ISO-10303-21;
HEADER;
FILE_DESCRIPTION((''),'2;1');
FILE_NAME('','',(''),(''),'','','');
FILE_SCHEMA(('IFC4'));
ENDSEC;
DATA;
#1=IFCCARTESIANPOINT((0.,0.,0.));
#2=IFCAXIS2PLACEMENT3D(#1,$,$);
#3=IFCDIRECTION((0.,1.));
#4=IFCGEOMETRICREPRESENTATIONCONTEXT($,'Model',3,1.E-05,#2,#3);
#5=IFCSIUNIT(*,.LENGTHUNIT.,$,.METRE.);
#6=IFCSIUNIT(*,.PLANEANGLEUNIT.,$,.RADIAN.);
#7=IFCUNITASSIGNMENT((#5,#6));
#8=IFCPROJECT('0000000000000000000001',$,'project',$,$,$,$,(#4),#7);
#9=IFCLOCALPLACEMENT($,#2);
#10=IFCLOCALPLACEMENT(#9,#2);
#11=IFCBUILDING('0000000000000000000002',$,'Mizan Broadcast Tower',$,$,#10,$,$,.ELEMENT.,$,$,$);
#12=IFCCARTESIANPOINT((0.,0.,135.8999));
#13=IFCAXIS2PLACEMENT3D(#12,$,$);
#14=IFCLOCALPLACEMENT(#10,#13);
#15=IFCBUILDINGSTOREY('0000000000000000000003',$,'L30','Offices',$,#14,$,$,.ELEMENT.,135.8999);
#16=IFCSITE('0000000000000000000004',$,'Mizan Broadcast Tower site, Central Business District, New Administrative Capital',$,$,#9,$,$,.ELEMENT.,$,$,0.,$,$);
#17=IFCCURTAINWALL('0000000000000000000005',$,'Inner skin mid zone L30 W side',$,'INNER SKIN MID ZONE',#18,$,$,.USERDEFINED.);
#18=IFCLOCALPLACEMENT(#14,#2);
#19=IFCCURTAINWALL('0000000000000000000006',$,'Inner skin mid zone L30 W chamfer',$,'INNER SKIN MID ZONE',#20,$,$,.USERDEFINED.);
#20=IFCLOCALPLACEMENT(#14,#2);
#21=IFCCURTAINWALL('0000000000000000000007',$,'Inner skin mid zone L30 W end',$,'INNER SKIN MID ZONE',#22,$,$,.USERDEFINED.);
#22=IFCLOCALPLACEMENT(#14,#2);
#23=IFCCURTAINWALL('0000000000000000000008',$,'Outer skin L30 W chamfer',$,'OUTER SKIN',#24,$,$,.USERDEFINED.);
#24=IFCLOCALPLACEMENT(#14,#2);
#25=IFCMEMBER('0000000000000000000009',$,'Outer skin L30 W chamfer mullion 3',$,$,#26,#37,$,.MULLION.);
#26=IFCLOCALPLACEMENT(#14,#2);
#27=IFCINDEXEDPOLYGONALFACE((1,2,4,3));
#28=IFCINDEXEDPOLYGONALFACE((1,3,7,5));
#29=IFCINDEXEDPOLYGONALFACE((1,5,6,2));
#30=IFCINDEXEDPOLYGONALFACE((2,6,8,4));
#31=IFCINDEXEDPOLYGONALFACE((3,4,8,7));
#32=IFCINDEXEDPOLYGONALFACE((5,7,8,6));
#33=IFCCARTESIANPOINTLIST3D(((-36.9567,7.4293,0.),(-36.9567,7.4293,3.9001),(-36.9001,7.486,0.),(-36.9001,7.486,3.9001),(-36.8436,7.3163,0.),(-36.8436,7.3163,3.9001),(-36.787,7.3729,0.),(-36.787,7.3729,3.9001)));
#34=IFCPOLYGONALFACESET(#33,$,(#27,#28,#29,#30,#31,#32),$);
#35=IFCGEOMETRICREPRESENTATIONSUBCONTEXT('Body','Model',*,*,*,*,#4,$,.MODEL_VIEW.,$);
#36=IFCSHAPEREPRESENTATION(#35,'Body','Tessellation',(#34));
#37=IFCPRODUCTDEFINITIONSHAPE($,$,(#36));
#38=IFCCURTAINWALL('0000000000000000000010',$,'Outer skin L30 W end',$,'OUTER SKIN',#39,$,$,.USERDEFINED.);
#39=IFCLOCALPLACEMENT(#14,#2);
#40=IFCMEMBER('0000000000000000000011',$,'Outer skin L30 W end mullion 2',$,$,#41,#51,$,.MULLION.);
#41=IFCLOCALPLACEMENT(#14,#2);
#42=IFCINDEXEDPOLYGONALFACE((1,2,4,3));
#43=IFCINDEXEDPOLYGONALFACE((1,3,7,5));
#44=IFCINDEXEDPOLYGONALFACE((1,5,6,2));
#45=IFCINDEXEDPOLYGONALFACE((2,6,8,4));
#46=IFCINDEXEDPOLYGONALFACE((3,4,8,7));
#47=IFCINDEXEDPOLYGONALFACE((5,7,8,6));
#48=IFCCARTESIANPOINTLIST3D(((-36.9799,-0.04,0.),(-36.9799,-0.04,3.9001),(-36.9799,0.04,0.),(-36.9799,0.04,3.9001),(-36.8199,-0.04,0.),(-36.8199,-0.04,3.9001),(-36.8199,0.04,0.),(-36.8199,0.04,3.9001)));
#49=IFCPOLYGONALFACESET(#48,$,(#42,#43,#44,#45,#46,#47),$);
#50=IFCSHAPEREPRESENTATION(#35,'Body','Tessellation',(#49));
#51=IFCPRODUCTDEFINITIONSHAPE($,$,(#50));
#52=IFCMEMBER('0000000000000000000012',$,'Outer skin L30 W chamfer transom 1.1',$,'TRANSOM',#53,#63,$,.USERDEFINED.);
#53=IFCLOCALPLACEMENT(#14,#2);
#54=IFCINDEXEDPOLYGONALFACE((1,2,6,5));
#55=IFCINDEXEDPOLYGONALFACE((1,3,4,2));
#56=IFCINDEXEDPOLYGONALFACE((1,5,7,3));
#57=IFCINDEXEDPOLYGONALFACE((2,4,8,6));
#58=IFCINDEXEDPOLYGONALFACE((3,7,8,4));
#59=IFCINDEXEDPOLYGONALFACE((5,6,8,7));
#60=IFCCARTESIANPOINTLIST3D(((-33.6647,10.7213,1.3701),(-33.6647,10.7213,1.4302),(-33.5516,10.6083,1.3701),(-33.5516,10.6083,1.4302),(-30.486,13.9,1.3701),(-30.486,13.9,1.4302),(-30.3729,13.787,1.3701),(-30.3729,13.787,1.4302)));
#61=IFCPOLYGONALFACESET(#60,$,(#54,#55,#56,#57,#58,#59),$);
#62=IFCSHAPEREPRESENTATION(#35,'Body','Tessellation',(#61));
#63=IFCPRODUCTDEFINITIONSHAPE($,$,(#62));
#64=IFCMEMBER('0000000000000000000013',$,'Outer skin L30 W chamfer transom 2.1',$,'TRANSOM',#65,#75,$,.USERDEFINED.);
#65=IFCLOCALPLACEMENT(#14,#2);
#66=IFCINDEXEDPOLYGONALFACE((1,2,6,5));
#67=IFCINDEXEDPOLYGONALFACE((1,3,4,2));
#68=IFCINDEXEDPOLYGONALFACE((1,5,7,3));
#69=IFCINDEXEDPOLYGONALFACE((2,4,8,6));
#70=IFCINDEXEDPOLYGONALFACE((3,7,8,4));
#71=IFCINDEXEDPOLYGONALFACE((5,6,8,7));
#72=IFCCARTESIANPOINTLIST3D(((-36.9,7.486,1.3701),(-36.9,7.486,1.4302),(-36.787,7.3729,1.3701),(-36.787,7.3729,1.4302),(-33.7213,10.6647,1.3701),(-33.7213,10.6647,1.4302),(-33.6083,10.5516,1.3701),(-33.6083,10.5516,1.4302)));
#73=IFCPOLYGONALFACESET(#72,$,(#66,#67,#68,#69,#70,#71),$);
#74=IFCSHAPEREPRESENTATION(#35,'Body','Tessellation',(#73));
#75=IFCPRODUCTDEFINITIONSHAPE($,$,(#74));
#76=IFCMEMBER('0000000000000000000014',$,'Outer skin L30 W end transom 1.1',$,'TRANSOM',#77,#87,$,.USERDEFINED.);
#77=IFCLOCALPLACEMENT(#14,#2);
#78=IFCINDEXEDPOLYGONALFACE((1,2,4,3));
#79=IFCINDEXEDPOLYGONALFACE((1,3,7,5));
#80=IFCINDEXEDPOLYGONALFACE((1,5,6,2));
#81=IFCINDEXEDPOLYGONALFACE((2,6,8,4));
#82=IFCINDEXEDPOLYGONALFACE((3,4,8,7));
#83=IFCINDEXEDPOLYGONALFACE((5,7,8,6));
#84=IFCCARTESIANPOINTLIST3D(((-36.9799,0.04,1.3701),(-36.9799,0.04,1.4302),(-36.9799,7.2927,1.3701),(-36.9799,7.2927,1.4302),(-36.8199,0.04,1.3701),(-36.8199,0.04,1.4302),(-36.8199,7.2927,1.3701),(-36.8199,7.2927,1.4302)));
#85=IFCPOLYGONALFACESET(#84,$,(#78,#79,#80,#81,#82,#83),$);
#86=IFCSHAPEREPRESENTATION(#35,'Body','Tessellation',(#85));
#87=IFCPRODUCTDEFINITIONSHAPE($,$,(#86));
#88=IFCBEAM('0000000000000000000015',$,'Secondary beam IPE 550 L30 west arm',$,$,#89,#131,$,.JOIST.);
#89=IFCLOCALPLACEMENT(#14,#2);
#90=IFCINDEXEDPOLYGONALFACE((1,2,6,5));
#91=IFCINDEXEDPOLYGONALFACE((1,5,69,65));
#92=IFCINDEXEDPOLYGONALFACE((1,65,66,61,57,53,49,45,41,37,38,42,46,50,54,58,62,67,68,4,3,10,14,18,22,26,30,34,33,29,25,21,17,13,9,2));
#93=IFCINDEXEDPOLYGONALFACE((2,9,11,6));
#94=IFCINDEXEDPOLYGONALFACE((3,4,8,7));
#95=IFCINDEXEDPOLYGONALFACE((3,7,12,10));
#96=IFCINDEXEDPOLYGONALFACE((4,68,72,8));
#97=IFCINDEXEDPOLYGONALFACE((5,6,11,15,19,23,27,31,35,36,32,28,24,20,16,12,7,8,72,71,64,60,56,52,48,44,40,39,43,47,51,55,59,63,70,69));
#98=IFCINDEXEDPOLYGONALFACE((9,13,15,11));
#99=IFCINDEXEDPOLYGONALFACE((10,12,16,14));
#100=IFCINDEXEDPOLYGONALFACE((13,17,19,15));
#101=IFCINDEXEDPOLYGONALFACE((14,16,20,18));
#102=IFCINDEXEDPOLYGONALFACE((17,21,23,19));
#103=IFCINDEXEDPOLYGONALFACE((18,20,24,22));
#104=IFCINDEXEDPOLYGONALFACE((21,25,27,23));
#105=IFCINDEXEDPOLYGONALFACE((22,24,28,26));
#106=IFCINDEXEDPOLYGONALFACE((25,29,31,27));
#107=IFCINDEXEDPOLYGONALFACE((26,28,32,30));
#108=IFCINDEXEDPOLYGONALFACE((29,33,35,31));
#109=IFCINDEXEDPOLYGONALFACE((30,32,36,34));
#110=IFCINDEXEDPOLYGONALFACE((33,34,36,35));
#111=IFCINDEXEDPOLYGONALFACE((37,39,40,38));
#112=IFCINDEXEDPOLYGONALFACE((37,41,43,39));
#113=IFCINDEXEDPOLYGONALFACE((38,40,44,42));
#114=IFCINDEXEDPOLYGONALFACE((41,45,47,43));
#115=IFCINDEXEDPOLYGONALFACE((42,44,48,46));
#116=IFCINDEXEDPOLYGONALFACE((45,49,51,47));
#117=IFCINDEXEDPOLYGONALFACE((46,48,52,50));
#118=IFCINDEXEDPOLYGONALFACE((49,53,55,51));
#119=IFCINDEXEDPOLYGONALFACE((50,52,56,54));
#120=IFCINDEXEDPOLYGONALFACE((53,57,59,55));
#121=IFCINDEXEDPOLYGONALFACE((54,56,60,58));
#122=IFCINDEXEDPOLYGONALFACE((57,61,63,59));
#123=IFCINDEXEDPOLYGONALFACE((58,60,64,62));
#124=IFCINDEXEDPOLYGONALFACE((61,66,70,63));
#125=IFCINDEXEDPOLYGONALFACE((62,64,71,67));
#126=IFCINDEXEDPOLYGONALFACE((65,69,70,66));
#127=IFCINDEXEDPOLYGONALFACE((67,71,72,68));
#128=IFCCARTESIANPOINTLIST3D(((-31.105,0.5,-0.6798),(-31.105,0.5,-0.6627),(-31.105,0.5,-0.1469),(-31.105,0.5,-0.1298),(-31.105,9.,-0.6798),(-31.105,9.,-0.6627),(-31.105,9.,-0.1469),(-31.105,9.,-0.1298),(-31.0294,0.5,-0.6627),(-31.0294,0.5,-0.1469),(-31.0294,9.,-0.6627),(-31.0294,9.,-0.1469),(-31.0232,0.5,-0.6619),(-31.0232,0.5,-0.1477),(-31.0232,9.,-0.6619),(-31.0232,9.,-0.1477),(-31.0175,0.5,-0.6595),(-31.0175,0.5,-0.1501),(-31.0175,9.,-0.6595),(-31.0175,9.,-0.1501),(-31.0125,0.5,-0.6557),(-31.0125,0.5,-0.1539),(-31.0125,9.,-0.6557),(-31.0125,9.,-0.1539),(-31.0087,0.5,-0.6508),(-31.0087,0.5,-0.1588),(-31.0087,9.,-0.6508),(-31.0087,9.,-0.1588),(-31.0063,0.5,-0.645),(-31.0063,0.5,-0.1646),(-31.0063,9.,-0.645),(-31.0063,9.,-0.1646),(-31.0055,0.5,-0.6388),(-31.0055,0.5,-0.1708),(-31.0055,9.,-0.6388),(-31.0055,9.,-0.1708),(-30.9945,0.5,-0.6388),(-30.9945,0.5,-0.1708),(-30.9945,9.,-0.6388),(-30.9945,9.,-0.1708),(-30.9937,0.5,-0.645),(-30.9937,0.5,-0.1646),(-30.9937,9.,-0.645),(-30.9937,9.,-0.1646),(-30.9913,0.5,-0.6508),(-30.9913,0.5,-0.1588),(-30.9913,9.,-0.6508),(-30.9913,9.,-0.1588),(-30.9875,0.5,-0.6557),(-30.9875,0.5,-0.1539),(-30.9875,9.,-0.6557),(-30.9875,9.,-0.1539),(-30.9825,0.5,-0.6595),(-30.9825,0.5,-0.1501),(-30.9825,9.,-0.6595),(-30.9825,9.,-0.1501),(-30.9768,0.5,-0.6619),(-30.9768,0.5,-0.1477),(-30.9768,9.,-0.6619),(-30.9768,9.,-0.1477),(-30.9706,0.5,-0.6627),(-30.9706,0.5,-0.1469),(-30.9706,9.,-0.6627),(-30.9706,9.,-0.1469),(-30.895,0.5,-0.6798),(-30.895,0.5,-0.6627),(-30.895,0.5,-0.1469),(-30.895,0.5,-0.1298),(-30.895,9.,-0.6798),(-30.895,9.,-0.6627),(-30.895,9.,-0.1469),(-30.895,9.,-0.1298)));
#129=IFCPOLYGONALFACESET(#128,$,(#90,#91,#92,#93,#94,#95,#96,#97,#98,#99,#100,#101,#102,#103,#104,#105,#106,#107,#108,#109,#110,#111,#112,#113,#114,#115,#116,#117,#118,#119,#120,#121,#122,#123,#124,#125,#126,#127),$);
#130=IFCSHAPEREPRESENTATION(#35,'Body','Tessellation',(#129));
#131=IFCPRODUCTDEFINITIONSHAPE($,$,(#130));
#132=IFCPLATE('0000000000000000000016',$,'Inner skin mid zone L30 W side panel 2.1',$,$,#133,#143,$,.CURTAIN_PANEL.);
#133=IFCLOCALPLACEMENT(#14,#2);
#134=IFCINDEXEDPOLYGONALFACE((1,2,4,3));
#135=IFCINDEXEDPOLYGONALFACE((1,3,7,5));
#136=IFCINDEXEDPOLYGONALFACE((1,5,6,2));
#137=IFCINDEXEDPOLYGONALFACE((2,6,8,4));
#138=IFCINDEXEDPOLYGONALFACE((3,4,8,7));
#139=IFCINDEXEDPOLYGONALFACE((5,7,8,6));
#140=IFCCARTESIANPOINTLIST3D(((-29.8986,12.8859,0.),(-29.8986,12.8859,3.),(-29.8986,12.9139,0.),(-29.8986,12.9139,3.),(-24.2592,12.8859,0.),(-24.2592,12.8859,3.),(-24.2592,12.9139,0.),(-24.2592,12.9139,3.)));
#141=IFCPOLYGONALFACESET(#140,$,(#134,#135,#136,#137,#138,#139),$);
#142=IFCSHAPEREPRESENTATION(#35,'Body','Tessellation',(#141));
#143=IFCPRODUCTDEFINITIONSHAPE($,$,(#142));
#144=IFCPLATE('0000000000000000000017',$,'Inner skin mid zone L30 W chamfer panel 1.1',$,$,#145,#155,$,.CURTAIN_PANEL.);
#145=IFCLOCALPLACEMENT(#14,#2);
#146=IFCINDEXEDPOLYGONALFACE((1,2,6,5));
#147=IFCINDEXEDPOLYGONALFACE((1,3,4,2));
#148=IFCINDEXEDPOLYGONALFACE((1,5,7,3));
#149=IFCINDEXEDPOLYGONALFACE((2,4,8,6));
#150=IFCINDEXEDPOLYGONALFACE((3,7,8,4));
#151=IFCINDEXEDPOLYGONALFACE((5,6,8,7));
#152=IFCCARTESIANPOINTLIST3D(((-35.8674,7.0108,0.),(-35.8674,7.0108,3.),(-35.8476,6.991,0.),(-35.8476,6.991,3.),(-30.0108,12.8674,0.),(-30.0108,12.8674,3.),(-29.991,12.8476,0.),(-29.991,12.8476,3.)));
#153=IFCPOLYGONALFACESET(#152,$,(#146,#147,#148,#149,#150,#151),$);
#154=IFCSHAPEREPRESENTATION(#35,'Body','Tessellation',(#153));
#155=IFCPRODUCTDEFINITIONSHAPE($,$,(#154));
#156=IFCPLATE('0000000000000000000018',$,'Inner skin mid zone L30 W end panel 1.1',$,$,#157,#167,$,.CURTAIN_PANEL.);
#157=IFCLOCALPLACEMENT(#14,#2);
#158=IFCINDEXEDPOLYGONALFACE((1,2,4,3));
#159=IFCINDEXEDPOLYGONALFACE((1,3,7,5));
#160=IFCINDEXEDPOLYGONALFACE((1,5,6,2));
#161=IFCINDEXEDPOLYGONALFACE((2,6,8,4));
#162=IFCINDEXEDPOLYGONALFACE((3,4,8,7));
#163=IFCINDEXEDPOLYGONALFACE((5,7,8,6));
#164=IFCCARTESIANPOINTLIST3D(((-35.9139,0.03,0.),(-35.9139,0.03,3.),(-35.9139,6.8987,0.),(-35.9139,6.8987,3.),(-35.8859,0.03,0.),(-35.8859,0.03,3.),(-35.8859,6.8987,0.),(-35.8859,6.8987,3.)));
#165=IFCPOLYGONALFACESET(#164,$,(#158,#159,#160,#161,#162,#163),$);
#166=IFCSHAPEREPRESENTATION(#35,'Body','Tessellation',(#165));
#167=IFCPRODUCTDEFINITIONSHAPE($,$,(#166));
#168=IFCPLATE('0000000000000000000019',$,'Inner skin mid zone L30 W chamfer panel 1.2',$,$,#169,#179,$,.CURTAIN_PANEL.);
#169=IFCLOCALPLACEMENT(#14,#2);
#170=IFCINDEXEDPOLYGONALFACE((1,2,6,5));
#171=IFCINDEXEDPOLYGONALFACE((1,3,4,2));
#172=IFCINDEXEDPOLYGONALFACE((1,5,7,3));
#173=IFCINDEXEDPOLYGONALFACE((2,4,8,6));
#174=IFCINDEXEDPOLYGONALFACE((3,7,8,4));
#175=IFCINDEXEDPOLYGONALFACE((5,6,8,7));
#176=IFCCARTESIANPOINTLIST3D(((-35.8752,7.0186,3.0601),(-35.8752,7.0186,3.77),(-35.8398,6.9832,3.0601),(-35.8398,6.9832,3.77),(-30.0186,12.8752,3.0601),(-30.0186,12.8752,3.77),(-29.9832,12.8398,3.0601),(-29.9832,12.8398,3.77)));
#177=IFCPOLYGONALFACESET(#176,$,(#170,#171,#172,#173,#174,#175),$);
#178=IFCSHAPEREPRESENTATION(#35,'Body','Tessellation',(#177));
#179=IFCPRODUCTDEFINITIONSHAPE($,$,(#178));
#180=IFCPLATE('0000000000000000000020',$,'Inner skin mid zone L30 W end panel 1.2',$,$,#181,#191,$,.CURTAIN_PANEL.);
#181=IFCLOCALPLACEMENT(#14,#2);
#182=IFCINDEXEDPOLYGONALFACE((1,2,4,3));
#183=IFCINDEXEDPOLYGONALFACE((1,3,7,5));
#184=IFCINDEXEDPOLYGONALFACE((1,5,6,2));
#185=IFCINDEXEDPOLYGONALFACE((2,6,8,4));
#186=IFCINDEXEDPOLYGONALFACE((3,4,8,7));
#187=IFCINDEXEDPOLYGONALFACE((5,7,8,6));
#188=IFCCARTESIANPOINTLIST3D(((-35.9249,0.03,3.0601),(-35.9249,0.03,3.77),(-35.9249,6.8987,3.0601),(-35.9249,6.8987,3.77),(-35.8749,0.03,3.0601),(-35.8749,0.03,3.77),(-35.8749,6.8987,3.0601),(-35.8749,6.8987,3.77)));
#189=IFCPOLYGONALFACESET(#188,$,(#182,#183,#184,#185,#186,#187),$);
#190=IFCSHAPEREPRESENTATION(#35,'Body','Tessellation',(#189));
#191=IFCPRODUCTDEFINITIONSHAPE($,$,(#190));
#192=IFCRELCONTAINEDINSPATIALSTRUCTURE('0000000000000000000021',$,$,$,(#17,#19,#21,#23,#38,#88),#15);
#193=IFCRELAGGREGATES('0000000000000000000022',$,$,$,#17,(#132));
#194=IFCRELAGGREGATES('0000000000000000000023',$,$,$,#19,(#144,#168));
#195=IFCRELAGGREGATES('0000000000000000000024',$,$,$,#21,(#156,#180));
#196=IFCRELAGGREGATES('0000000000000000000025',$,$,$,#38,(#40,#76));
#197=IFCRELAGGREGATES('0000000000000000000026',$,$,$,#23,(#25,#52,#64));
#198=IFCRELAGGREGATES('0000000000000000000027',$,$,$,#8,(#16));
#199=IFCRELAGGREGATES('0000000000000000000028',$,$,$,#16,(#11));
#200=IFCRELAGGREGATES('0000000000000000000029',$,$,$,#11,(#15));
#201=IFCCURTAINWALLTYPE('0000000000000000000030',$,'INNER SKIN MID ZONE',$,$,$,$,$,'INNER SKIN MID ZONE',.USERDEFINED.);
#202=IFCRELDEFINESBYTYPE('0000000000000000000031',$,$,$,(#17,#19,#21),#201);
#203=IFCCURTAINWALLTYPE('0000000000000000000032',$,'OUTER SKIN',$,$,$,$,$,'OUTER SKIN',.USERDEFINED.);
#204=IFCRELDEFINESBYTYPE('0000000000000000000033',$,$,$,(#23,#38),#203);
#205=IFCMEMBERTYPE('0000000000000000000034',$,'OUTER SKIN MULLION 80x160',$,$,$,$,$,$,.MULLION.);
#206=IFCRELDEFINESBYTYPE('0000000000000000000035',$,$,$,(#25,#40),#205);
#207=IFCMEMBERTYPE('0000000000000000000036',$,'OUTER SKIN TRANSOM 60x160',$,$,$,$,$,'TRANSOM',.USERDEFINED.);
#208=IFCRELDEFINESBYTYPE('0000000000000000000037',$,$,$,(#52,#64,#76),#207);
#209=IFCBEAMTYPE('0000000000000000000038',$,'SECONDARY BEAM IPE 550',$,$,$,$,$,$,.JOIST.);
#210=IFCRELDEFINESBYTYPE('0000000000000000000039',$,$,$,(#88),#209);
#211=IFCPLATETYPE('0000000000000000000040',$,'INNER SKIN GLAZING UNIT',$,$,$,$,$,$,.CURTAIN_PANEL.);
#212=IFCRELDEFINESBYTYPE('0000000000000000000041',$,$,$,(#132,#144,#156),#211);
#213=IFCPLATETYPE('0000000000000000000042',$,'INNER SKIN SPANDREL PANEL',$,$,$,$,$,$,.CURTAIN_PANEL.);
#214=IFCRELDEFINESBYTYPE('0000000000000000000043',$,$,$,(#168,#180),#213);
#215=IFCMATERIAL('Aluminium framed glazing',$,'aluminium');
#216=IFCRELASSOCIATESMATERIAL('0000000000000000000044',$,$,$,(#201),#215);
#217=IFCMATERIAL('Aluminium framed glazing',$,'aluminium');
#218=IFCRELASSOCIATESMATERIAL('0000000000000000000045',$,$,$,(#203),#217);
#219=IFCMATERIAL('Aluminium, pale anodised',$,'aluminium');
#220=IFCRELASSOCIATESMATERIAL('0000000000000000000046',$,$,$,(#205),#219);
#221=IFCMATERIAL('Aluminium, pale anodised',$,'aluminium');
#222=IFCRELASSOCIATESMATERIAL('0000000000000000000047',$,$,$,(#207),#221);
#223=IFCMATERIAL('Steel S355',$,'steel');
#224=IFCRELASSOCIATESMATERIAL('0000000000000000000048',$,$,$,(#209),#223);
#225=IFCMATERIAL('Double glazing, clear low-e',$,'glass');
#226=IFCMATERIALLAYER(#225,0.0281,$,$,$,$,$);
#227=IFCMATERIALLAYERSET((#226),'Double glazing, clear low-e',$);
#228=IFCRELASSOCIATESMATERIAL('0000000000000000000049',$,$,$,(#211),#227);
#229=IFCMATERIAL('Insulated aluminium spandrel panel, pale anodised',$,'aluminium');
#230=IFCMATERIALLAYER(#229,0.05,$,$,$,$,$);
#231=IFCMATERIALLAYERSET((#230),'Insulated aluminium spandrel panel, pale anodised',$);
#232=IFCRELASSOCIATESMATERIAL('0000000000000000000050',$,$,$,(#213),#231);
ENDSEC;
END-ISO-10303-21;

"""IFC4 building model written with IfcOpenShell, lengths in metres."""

from ifc_helpers import new_model, si_unit, direction, frame, origin, origin_2d, place, context, subcontext, project, spatial, rectangle, i_section, extrude, material, layer, layer_set, material_profile, profile_set, type_object, element, aggregate, save


model = new_model("IFC4")

# Units and contexts
model_context = context("Model", 3, precision=1e-05, world=origin(), true_north=direction((0.0, 1.0)))
body_context = subcontext(model_context, "Body", "Model", "MODEL_VIEW")
ifc_project = project(units=[si_unit("LENGTHUNIT", "METRE"), si_unit("PLANEANGLEUNIT", "RADIAN")], contexts=[model_context])

# Site, building, storey
site_placement = place(None, origin())
site = spatial("IfcSite", under=ifc_project, at=site_placement, Name="Mizan Broadcast Tower site, Central Business District, New Administrative Capital", CompositionType="ELEMENT", RefElevation=0.0)
building_placement = place(site_placement, origin())
building = spatial("IfcBuilding", under=site, at=building_placement, Name="Mizan Broadcast Tower", CompositionType="ELEMENT")
storey_placement = place(building_placement, frame((0.0, 0.0, 135.8999)))
storey = spatial("IfcBuildingStorey", under=building, at=storey_placement, Name="L30", Description="Offices", CompositionType="ELEMENT", Elevation=135.8999)

# Curtain walls
ifc_material_1 = material(Name="Aluminium framed glazing", Category="aluminium")
curtain_wall_type_1 = type_object("IfcCurtainWallType", Name="INNER SKIN MID ZONE", ElementType="INNER SKIN MID ZONE", PredefinedType="USERDEFINED", material=ifc_material_1)
curtain_wall_1_placement = place(storey_placement, origin())
curtain_wall_1 = element("IfcCurtainWall", 1, at=curtain_wall_1_placement, inside=storey, type_object=curtain_wall_type_1, Name="Inner skin mid zone L30 W side", ObjectType="INNER SKIN MID ZONE", PredefinedType="USERDEFINED")
curtain_wall_2_placement = place(storey_placement, origin())
curtain_wall_2 = element("IfcCurtainWall", 2, at=curtain_wall_2_placement, inside=storey, type_object=curtain_wall_type_1, Name="Inner skin mid zone L30 W chamfer", ObjectType="INNER SKIN MID ZONE", PredefinedType="USERDEFINED")
curtain_wall_3_placement = place(storey_placement, origin())
curtain_wall_3 = element("IfcCurtainWall", 3, at=curtain_wall_3_placement, inside=storey, type_object=curtain_wall_type_1, Name="Inner skin mid zone L30 W end", ObjectType="INNER SKIN MID ZONE", PredefinedType="USERDEFINED")

# Shared definitions
ifc_material_2 = material(Name="Aluminium framed glazing", Category="aluminium")
curtain_wall_type_2 = type_object("IfcCurtainWallType", Name="OUTER SKIN", ElementType="OUTER SKIN", PredefinedType="USERDEFINED", material=ifc_material_2)
ifc_material_3 = material(Name="Aluminium, pale anodised", Category="aluminium")
ifc_material_profile_1 = material_profile(ifc_material_3, rectangle(XDim=0.1599, YDim=0.0801, at=origin_2d()), Name="MULLION 160x80")
ifc_profile_set_1 = profile_set([ifc_material_profile_1], Name="Aluminium, pale anodised")
member_type_1 = type_object("IfcMemberType", Name="OUTER SKIN MULLION 80x160", PredefinedType="MULLION", material=ifc_profile_set_1)

# Curtain wall, member
curtain_wall_4_placement = place(storey_placement, origin())
curtain_wall_4 = element("IfcCurtainWall", 4, at=curtain_wall_4_placement, inside=storey, type_object=curtain_wall_type_2, Name="Outer skin L30 W chamfer", ObjectType="OUTER SKIN", PredefinedType="USERDEFINED")
member_1_placement = place(storey_placement, frame((-36.8718, 7.4011, 0.0), z_axis=(0.0, 0.0, 1.0), x_axis=(0.707107, -0.707107, 0.0)))
member_1 = element("IfcMember", 5, at=member_1_placement, type_object=member_type_1, Name="Outer skin L30 W chamfer mullion 3", PredefinedType="MULLION", context=body_context, shape_type="SweptSolid", body=[
    extrude(rectangle(XDim=0.1599, YDim=0.0801, at=origin_2d()), origin(), (0.0, 0.0, 1.0), 3.9001),
])

# Curtain wall, member
curtain_wall_5_placement = place(storey_placement, origin())
curtain_wall_5 = element("IfcCurtainWall", 6, at=curtain_wall_5_placement, inside=storey, type_object=curtain_wall_type_2, Name="Outer skin L30 W end", ObjectType="OUTER SKIN", PredefinedType="USERDEFINED")
member_2_placement = place(storey_placement, frame((-36.8999, 0.0, 0.0), z_axis=(0.0, 0.0, 1.0), x_axis=(1.0, 0.0, 0.0)))
member_2 = element("IfcMember", 7, at=member_2_placement, type_object=member_type_1, Name="Outer skin L30 W end mullion 2", PredefinedType="MULLION", context=body_context, shape_type="SweptSolid", body=[
    extrude(rectangle(XDim=0.1599, YDim=0.0801, at=origin_2d()), origin(), (0.0, 0.0, 1.0), 3.9001),
])

# Members
ifc_material_4 = material(Name="Aluminium, pale anodised", Category="aluminium")
ifc_material_profile_2 = material_profile(ifc_material_4, rectangle(XDim=0.1599, YDim=0.0601, at=origin_2d()), Name="TRANSOM 160x60")
ifc_profile_set_2 = profile_set([ifc_material_profile_2], Name="Aluminium, pale anodised")
member_type_2 = type_object("IfcMemberType", Name="OUTER SKIN TRANSOM 60x160", ElementType="TRANSOM", PredefinedType="USERDEFINED", material=ifc_profile_set_2)
member_3_placement = place(storey_placement, frame((-30.4294, 13.8435, 1.4001), z_axis=(-0.707107, -0.707107, 0.0), x_axis=(0.707107, -0.707107, 0.0)))
member_3 = element("IfcMember", 8, at=member_3_placement, type_object=member_type_2, Name="Outer skin L30 W chamfer transom 1.1", ObjectType="TRANSOM", PredefinedType="USERDEFINED", context=body_context, shape_type="SweptSolid", body=[
    extrude(rectangle(XDim=0.1599, YDim=0.0601, at=origin_2d()), origin(), (0.0, 0.0, 1.0), 4.4954),
])
member_4_placement = place(storey_placement, frame((-33.6648, 10.6082, 1.4001), z_axis=(-0.707107, -0.707107, 0.0), x_axis=(0.707107, -0.707107, 0.0)))
member_4 = element("IfcMember", 9, at=member_4_placement, type_object=member_type_2, Name="Outer skin L30 W chamfer transom 2.1", ObjectType="TRANSOM", PredefinedType="USERDEFINED", context=body_context, shape_type="SweptSolid", body=[
    extrude(rectangle(XDim=0.1599, YDim=0.0601, at=origin_2d()), origin(), (0.0, 0.0, 1.0), 4.4954),
])
member_5_placement = place(storey_placement, frame((-36.8999, 7.2927, 1.4001), z_axis=(0.0, -1.0, 0.0), x_axis=(1.0, 0.0, 0.0)))
member_5 = element("IfcMember", 10, at=member_5_placement, type_object=member_type_2, Name="Outer skin L30 W end transom 1.1", ObjectType="TRANSOM", PredefinedType="USERDEFINED", context=body_context, shape_type="SweptSolid", body=[
    extrude(rectangle(XDim=0.1599, YDim=0.0601, at=origin_2d()), origin(), (0.0, 0.0, 1.0), 7.2527),
])

# Beam
ifc_material_5 = material(Name="Steel S355", Category="steel")
ifc_material_profile_3 = material_profile(ifc_material_5, i_section(OverallWidth=0.21, OverallDepth=0.55, WebThickness=0.011, FlangeThickness=0.0171, FilletRadius=0.0239, at=origin_2d()), Name="IPE 550")
ifc_profile_set_3 = profile_set([ifc_material_profile_3], Name="Steel S355")
beam_type_1 = type_object("IfcBeamType", Name="SECONDARY BEAM IPE 550", PredefinedType="JOIST", material=ifc_profile_set_3)
beam_1_placement = place(storey_placement, frame((-31.0, 9.0, -0.4048), z_axis=(0.0, -1.0, 0.0), x_axis=(1.0, 0.0, 0.0)))
element("IfcBeam", 11, at=beam_1_placement, inside=storey, type_object=beam_type_1, Name="Secondary beam IPE 550 L30 west arm", PredefinedType="JOIST", context=body_context, shape_type="SweptSolid", body=[
    extrude(i_section(OverallWidth=0.21, OverallDepth=0.55, WebThickness=0.011, FlangeThickness=0.0171, FilletRadius=0.0239, at=origin_2d()), origin(), (0.0, 0.0, 1.0), 8.5),
])

# Plates
ifc_material_6 = material(Name="Double glazing, clear low-e", Category="glass")
ifc_layer_1 = layer(ifc_material_6, 0.0281)
ifc_layer_set_1 = layer_set([ifc_layer_1], Name="Double glazing, clear low-e")
plate_type_1 = type_object("IfcPlateType", Name="INNER SKIN GLAZING UNIT", PredefinedType="CURTAIN_PANEL", material=ifc_layer_set_1)
plate_1_placement = place(storey_placement, frame((-27.0789, 12.8999, 0.0), z_axis=(0.0, 0.0, 1.0), x_axis=(-1.0, 0.0, 0.0)))
plate_1 = element("IfcPlate", 12, at=plate_1_placement, type_object=plate_type_1, Name="Inner skin mid zone L30 W side panel 2.1", PredefinedType="CURTAIN_PANEL", context=body_context, shape_type="SweptSolid", body=[
    extrude(rectangle(XDim=5.6394, YDim=0.0281, at=origin_2d()), origin(), (0.0, 0.0, 1.0), 3.0),
])
aggregate(curtain_wall_1, [plate_1])
plate_2_placement = place(storey_placement, frame((-32.9292, 9.9292, 0.0), z_axis=(0.0, 0.0, 1.0), x_axis=(-0.707107, -0.707107, 0.0)))
plate_2 = element("IfcPlate", 13, at=plate_2_placement, type_object=plate_type_1, Name="Inner skin mid zone L30 W chamfer panel 1.1", PredefinedType="CURTAIN_PANEL", context=body_context, shape_type="SweptSolid", body=[
    extrude(rectangle(XDim=8.2825, YDim=0.0281, at=origin_2d()), origin(), (0.0, 0.0, 1.0), 3.0),
])
plate_3_placement = place(storey_placement, frame((-35.8999, 3.4644, 0.0), z_axis=(0.0, 0.0, 1.0), x_axis=(0.0, -1.0, 0.0)))
plate_3 = element("IfcPlate", 14, at=plate_3_placement, type_object=plate_type_1, Name="Inner skin mid zone L30 W end panel 1.1", PredefinedType="CURTAIN_PANEL", context=body_context, shape_type="SweptSolid", body=[
    extrude(rectangle(XDim=6.8687, YDim=0.0281, at=origin_2d()), origin(), (0.0, 0.0, 1.0), 3.0),
])
ifc_material_7 = material(Name="Insulated aluminium spandrel panel, pale anodised", Category="aluminium")
ifc_layer_2 = layer(ifc_material_7, 0.05)
ifc_layer_set_2 = layer_set([ifc_layer_2], Name="Insulated aluminium spandrel panel, pale anodised")
plate_type_2 = type_object("IfcPlateType", Name="INNER SKIN SPANDREL PANEL", PredefinedType="CURTAIN_PANEL", material=ifc_layer_set_2)
plate_4_placement = place(storey_placement, frame((-32.9292, 9.9292, 3.0601), z_axis=(0.0, 0.0, 1.0), x_axis=(-0.707107, -0.707107, 0.0)))
plate_4 = element("IfcPlate", 15, at=plate_4_placement, type_object=plate_type_2, Name="Inner skin mid zone L30 W chamfer panel 1.2", PredefinedType="CURTAIN_PANEL", context=body_context, shape_type="SweptSolid", body=[
    extrude(rectangle(XDim=8.2825, YDim=0.05, at=origin_2d()), origin(), (0.0, 0.0, 1.0), 0.71),
])
aggregate(curtain_wall_2, [plate_2, plate_4])
plate_5_placement = place(storey_placement, frame((-35.8999, 3.4644, 3.0601), z_axis=(0.0, 0.0, 1.0), x_axis=(0.0, -1.0, 0.0)))
plate_5 = element("IfcPlate", 16, at=plate_5_placement, type_object=plate_type_2, Name="Inner skin mid zone L30 W end panel 1.2", PredefinedType="CURTAIN_PANEL", context=body_context, shape_type="SweptSolid", body=[
    extrude(rectangle(XDim=6.8687, YDim=0.05, at=origin_2d()), origin(), (0.0, 0.0, 1.0), 0.71),
])
aggregate(curtain_wall_3, [plate_3, plate_5])
aggregate(curtain_wall_5, [member_2, member_5])
aggregate(curtain_wall_4, [member_1, member_3, member_4])

save(model, "model.ifc")
